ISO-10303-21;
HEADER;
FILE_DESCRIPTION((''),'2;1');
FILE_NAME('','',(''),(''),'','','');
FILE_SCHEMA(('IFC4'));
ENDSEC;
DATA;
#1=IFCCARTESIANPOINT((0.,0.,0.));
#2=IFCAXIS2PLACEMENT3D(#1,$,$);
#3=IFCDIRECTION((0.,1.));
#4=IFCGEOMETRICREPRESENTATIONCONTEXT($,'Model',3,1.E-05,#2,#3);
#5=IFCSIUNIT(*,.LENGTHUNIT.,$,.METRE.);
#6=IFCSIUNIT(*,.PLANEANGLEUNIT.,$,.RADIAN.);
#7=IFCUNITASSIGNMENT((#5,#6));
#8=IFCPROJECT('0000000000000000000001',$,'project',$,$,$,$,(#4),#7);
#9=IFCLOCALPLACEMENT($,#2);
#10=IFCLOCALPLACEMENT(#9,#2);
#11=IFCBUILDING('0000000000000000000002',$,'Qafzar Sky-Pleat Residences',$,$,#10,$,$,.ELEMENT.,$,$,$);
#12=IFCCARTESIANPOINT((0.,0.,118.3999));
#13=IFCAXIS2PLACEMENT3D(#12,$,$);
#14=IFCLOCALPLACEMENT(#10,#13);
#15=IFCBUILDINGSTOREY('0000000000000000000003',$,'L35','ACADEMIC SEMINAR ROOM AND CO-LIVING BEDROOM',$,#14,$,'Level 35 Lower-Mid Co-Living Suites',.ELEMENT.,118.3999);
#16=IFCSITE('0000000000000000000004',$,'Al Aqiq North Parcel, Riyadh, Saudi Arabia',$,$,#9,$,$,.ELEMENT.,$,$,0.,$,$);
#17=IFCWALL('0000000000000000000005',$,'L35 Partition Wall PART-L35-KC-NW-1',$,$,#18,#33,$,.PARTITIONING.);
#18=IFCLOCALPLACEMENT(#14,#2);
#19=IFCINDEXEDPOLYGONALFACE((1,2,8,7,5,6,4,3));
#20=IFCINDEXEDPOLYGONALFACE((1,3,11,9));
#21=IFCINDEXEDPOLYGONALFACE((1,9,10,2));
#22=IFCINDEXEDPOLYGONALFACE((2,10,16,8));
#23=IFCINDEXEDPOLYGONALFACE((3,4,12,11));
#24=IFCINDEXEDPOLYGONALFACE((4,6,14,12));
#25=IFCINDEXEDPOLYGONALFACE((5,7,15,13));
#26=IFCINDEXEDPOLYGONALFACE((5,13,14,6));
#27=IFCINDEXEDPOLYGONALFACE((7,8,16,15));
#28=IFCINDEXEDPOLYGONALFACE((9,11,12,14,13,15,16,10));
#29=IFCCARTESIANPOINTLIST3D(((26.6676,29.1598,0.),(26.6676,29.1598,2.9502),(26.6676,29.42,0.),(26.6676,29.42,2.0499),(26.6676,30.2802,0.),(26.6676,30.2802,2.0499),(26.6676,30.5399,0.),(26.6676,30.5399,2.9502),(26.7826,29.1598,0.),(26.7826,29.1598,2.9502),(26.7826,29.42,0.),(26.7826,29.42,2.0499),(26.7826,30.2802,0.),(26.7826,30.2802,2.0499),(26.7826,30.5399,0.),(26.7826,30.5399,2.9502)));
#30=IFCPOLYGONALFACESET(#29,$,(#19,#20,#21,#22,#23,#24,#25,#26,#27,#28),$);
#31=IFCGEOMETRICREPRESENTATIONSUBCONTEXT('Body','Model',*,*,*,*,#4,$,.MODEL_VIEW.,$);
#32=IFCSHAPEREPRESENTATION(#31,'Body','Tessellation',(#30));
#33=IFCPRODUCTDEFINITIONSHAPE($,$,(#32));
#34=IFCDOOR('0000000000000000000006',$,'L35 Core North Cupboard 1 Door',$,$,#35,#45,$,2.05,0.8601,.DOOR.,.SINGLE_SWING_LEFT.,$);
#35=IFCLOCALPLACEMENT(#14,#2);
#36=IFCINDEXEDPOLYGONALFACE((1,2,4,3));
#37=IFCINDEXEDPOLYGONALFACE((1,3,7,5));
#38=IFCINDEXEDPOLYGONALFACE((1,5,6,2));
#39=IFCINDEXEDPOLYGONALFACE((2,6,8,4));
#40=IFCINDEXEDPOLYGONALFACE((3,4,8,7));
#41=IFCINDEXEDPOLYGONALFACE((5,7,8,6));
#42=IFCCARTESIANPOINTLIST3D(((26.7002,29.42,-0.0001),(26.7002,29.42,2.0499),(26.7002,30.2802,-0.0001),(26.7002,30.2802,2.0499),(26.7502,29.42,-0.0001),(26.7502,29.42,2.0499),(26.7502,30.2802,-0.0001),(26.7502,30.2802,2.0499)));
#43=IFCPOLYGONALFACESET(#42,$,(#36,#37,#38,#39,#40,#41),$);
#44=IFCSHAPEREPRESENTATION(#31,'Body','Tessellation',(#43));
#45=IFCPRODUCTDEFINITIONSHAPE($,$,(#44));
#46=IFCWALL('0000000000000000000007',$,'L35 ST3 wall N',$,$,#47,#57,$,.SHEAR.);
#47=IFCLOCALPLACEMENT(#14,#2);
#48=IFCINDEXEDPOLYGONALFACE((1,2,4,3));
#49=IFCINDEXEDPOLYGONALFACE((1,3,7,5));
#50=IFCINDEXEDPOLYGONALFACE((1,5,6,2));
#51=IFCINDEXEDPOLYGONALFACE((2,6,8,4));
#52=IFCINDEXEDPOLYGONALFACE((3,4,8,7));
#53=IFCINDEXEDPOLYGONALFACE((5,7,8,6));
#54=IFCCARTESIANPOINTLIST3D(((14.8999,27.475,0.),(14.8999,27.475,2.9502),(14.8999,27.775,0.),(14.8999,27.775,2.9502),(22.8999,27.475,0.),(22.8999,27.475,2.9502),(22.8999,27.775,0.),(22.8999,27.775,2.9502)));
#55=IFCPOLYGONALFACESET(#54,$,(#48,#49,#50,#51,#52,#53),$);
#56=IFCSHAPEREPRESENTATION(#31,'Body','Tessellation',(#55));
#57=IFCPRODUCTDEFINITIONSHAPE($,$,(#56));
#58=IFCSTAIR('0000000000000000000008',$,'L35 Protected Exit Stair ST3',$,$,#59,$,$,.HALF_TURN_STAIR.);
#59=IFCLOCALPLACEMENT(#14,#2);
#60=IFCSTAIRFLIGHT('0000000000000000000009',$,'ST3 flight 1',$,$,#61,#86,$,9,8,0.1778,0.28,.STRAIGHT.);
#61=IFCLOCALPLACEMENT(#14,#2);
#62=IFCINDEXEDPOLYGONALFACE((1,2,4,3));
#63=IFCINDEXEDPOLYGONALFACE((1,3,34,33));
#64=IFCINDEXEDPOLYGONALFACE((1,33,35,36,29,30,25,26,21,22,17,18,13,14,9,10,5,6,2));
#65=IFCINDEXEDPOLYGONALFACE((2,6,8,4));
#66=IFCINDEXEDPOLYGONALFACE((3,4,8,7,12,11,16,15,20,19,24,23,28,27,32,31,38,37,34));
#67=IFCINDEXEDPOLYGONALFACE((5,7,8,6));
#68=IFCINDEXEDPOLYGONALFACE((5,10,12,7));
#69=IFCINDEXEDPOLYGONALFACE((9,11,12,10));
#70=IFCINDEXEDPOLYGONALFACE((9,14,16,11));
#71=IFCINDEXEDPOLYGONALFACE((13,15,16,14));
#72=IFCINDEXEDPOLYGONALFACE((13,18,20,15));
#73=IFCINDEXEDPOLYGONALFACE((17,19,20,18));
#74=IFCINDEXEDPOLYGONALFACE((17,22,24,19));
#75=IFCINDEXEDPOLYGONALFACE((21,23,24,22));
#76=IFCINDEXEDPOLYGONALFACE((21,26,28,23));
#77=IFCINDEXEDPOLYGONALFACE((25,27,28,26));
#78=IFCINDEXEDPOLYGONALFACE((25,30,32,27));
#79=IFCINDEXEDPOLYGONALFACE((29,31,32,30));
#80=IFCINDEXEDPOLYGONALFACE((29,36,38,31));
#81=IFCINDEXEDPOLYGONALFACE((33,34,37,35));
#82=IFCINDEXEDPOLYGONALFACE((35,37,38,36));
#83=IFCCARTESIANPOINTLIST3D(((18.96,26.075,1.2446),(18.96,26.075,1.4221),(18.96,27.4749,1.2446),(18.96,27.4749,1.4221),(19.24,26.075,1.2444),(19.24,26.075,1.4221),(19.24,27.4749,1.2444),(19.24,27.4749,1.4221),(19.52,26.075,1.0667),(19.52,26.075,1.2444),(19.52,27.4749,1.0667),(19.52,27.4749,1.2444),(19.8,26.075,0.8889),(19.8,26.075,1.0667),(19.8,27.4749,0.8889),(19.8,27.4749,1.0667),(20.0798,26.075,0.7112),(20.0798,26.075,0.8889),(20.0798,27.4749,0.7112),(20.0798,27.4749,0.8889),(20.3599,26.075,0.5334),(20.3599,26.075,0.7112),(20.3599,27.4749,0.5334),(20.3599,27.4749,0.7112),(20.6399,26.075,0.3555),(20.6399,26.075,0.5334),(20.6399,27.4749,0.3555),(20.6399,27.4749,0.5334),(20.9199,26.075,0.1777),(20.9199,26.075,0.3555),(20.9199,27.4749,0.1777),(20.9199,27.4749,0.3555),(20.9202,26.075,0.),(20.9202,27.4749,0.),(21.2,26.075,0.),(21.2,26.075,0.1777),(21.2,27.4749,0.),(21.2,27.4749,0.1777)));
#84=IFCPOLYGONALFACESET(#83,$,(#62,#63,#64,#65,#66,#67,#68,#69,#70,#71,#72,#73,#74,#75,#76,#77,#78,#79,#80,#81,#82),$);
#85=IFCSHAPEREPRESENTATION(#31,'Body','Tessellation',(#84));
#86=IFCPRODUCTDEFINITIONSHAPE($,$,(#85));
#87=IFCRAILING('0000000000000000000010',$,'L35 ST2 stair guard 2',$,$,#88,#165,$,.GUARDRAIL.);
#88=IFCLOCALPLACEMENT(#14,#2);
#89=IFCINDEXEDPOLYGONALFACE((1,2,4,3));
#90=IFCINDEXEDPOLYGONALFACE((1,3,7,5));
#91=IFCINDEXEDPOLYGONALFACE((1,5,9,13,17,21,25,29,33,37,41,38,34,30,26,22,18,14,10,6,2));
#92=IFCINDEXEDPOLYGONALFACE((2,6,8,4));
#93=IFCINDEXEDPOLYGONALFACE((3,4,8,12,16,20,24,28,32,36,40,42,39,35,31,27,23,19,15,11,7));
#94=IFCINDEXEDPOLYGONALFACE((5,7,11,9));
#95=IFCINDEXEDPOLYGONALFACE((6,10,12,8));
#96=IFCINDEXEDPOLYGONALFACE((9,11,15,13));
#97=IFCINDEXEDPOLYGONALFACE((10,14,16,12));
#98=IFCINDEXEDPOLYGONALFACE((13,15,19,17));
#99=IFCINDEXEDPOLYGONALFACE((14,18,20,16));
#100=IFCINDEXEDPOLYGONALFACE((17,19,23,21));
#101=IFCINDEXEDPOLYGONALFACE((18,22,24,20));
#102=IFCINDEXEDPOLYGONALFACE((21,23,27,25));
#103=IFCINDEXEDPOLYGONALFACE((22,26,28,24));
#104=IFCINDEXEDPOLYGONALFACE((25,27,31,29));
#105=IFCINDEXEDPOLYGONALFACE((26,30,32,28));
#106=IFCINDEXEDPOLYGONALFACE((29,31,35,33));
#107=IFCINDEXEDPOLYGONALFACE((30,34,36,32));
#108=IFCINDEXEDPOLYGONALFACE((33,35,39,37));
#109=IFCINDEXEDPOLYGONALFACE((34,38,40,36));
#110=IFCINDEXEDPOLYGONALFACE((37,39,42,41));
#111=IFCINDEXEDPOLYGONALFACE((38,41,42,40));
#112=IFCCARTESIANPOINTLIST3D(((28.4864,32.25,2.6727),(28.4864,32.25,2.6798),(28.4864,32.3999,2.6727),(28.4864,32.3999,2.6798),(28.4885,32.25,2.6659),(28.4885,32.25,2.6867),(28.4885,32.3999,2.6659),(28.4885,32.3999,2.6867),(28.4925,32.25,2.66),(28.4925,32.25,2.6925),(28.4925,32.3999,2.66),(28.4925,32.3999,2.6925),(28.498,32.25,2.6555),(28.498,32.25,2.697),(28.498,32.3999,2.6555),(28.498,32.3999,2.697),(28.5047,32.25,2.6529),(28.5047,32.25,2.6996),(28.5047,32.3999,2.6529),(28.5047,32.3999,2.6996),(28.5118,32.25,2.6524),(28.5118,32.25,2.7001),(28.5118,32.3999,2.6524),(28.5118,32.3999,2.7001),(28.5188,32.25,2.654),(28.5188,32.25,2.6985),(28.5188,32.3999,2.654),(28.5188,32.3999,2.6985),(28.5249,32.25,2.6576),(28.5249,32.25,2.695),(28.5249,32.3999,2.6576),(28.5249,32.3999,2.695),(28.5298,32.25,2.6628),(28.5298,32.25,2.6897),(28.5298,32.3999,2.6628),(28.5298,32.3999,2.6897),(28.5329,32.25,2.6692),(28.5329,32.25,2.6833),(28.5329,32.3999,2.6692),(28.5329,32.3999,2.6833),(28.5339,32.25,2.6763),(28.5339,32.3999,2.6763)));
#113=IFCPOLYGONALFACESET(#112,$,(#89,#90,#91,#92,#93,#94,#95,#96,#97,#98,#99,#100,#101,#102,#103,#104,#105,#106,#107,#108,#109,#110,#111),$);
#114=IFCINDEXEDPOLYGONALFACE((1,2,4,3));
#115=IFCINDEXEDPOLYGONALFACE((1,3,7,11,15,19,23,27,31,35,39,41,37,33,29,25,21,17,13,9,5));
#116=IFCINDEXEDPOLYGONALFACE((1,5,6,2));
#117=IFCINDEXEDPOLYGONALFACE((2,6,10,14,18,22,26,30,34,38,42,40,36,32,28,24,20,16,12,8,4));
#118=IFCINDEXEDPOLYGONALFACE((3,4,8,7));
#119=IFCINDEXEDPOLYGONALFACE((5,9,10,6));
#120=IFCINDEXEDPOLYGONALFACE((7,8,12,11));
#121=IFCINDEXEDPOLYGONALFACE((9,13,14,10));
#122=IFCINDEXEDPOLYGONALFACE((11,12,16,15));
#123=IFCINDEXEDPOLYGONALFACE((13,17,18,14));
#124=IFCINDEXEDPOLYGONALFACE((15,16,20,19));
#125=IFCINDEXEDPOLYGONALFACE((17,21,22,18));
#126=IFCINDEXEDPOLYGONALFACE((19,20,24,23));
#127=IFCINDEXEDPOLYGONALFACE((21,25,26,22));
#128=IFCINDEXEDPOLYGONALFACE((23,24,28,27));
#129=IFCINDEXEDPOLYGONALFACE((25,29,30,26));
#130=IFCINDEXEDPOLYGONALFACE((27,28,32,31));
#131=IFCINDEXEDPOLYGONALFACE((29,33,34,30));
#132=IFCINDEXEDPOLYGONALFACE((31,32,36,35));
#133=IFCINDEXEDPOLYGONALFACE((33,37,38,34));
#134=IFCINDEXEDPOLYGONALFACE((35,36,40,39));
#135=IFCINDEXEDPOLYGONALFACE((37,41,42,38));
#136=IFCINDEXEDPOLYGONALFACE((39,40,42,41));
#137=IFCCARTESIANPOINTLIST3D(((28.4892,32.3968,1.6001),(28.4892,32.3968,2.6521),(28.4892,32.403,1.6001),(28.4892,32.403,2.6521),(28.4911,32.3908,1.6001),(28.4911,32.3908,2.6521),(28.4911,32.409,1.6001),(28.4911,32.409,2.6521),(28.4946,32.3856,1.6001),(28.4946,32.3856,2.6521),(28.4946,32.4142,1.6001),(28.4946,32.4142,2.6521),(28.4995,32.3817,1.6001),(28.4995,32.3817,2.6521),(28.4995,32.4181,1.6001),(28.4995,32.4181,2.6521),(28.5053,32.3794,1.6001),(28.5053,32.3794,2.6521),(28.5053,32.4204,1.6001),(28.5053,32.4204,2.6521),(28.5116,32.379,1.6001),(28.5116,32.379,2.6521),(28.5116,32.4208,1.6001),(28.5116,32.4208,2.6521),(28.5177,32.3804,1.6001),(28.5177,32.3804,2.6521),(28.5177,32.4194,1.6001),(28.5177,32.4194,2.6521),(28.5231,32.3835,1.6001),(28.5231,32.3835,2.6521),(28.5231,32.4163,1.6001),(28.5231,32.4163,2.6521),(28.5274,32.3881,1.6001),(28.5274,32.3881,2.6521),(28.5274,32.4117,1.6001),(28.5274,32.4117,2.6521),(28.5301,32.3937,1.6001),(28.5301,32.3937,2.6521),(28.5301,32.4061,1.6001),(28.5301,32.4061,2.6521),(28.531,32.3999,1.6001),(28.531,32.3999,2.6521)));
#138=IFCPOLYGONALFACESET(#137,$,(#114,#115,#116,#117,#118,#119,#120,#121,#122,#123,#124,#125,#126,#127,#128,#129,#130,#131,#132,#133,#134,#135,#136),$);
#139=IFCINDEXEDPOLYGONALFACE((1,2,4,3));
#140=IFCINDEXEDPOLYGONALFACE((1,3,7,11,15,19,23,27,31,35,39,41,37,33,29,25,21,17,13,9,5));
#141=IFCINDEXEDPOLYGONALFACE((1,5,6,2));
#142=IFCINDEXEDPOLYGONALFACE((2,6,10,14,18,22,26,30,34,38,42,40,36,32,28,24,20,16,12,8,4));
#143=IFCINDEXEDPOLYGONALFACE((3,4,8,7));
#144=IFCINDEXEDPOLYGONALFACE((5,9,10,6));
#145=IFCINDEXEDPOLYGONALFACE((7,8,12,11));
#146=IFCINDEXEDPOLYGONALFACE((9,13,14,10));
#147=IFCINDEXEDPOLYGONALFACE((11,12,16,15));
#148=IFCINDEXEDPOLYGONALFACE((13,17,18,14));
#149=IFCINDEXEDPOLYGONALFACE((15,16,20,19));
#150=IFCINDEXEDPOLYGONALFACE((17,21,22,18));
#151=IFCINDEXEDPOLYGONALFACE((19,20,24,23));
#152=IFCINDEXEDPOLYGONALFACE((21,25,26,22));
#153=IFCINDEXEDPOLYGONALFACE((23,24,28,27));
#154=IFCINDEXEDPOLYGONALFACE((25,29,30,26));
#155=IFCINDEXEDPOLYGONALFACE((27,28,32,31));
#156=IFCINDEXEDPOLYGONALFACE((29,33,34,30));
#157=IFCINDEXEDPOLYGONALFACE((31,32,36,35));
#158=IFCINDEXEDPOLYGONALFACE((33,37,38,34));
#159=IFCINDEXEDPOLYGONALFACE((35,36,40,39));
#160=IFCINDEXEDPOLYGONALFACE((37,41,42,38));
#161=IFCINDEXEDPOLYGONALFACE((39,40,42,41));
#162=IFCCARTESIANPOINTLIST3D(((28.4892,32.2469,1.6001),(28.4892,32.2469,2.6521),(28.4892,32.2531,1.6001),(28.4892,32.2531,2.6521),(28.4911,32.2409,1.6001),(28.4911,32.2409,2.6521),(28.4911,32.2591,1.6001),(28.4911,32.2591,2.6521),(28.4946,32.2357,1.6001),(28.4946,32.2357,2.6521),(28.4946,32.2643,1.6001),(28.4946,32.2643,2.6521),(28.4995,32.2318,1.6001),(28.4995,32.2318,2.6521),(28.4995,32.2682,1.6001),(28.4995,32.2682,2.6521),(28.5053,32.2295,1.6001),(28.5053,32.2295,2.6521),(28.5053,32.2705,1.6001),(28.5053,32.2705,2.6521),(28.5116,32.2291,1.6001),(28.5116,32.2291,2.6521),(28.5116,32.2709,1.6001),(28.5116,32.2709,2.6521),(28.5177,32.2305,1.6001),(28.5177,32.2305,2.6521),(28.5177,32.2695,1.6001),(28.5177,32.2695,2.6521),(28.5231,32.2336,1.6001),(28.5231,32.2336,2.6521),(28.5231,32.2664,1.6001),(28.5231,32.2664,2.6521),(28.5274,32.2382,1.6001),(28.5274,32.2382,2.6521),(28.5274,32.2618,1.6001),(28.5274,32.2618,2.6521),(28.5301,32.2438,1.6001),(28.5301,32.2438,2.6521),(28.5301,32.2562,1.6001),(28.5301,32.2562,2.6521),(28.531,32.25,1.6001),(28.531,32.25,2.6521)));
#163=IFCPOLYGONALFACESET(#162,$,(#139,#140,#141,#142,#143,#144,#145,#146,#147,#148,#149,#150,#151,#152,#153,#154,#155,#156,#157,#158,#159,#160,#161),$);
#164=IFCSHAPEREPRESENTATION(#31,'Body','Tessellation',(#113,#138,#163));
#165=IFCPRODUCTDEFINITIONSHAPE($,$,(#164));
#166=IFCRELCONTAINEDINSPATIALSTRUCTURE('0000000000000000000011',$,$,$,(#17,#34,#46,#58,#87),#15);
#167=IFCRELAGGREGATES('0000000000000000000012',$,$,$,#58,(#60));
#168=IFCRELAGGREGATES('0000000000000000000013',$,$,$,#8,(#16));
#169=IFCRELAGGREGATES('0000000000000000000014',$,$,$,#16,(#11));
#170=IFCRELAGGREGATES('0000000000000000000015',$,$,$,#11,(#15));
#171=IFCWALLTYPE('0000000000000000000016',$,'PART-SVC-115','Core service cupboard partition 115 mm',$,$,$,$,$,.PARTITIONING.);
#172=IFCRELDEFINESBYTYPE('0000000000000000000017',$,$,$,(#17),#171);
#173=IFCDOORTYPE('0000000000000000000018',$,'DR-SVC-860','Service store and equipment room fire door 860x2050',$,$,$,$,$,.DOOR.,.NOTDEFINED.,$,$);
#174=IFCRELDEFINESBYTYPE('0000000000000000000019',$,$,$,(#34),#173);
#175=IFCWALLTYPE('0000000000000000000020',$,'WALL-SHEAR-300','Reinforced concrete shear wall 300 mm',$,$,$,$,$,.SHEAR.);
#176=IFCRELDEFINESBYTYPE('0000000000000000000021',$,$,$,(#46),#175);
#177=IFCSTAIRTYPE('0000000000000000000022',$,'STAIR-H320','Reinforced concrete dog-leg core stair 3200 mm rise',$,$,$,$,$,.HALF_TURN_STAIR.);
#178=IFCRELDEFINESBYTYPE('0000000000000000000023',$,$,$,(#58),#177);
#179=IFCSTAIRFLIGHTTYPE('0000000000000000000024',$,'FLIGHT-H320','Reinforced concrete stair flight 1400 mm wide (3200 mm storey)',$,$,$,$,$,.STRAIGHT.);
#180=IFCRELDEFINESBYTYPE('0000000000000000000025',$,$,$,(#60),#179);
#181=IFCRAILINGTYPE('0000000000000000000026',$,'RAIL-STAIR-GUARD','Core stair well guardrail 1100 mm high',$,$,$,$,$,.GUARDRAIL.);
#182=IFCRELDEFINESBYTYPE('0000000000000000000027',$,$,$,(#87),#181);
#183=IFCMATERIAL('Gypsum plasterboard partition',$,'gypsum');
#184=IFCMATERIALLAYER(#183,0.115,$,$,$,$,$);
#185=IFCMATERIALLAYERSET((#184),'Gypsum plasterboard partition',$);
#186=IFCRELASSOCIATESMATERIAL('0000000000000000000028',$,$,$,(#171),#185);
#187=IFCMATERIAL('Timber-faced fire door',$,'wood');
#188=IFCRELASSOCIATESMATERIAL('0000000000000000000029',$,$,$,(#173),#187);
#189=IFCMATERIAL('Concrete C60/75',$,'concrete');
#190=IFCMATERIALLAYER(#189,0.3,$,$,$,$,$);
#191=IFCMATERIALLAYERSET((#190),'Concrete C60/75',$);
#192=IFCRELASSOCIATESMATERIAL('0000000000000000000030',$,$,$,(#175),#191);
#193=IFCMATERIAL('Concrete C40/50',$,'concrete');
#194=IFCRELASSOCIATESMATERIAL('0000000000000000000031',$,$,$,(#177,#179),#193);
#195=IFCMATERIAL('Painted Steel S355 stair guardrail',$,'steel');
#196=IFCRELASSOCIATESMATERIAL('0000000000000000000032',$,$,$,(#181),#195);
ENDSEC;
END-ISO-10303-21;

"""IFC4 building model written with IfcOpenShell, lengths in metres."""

from ifc_helpers import new_model, si_unit, direction, frame, frame_2d, origin, origin_2d, place, context, subcontext, project, spatial, polyline, rectangle, circle, outline, extrude, source, transform, mapped, material, layer, layer_set, type_object, element, fill, aggregate, save


model = new_model("IFC4")

# Units and contexts
model_context = context("Model", 3, precision=1e-05, world=origin(), true_north=direction((0.0, 1.0)))
body_context = subcontext(model_context, "Body", "Model", "MODEL_VIEW")
ifc_project = project(units=[si_unit("LENGTHUNIT", "METRE"), si_unit("PLANEANGLEUNIT", "RADIAN")], contexts=[model_context])

# Site, building, storey
site_placement = place(None, origin())
site = spatial("IfcSite", under=ifc_project, at=site_placement, Name="Al Aqiq North Parcel, Riyadh, Saudi Arabia", CompositionType="ELEMENT", RefElevation=0.0)
building_placement = place(site_placement, origin())
building = spatial("IfcBuilding", under=site, at=building_placement, Name="Qafzar Sky-Pleat Residences", CompositionType="ELEMENT")
storey_placement = place(building_placement, frame((0.0, 0.0, 118.3999)))
storey = spatial("IfcBuildingStorey", under=building, at=storey_placement, Name="L35", Description="ACADEMIC SEMINAR ROOM AND CO-LIVING BEDROOM", LongName="Level 35 Lower-Mid Co-Living Suites", CompositionType="ELEMENT", Elevation=118.3999)

# Shared definitions
ifc_material_1 = material(Name="Timber-faced fire door", Category="wood")

# Wall, opening, door
ifc_material_2 = material(Name="Gypsum plasterboard partition", Category="gypsum")
ifc_layer_1 = layer(ifc_material_2, 0.115)
ifc_layer_set_1 = layer_set([ifc_layer_1], Name="Gypsum plasterboard partition")
wall_type_1 = type_object("IfcWallType", Name="PART-SVC-115", Description="Core service cupboard partition 115 mm", PredefinedType="PARTITIONING", material=ifc_layer_set_1)
wall_1_placement = place(storey_placement, frame((26.7251, 29.1599, 0.0), z_axis=(0.0, 0.0, 1.0), x_axis=(0.0, 1.0, 0.0)))
wall_1 = element("IfcWall", 1, at=wall_1_placement, inside=storey, type_object=wall_type_1, Name="L35 Partition Wall PART-L35-KC-NW-1", PredefinedType="PARTITIONING", context=body_context, shape_type="SweptSolid", body=[
    extrude(rectangle(XDim=1.3801, YDim=0.115, at=frame_2d((0.6899, 0.0))), origin(), (0.0, 0.0, 1.0), 2.9502),
])
opening_1_placement = place(wall_1_placement, frame((0.26, 0.0, 0.0)))
opening_1 = element("IfcOpeningElement", 2, at=opening_1_placement, cuts=wall_1, PredefinedType="OPENING", context=body_context, shape_type="SweptSolid", body=[
    extrude(rectangle(XDim=0.8601, YDim=2.05, at=frame_2d((0.4302, 1.0249))), frame((0.0, 0.0674, 0.0), z_axis=(0.0, -1.0, 0.0), x_axis=(1.0, 0.0, 0.0)), (0.0, 0.0, 1.0), 0.135),
])
door_type_1 = type_object("IfcDoorType", Name="DR-SVC-860", Description="Service store and equipment room fire door 860x2050", OperationType="NOTDEFINED", PredefinedType="DOOR", material=ifc_material_1)
shared_shape_1 = source(origin(), body_context, "Body", "SweptSolid", [
    extrude(rectangle(XDim=0.8601, YDim=2.05, at=frame_2d((0.4302, 1.0249))), frame((0.0, 0.0249, 0.0), z_axis=(0.0, -1.0, 0.0), x_axis=(1.0, 0.0, 0.0)), (0.0, 0.0, 1.0), 0.05),
])
door_1_placement = place(opening_1_placement, origin())
door_1 = element("IfcDoor", 3, at=door_1_placement, inside=storey, type_object=door_type_1, Name="L35 Core North Cupboard 1 Door", OperationType="SINGLE_SWING_LEFT", OverallHeight=2.05, OverallWidth=0.8601, PredefinedType="DOOR", context=body_context, shape_type="MappedRepresentation", body=[
    mapped(shared_shape_1, transform((0.0, 0.0, 0.0), x_axis=(1.0, 0.0, 0.0), y_axis=(0.0, 1.0, 0.0), z_axis=(0.0, 0.0, 1.0), scale=1.0)),
])
fill(opening_1, door_1)

# Shared definitions
ifc_material_3 = material(Name="Concrete C60/75", Category="concrete")
ifc_layer_2 = layer(ifc_material_3, 0.3)
ifc_layer_set_2 = layer_set([ifc_layer_2], Name="Concrete C60/75")
wall_type_2 = type_object("IfcWallType", Name="WALL-SHEAR-300", Description="Reinforced concrete shear wall 300 mm", PredefinedType="SHEAR", material=ifc_layer_set_2)

# Wall
wall_2_placement = place(storey_placement, frame((22.8999, 27.625, 0.0), z_axis=(0.0, 0.0, 1.0), x_axis=(-1.0, 0.0, 0.0)))
element("IfcWall", 4, at=wall_2_placement, inside=storey, type_object=wall_type_2, Name="L35 ST3 wall N", PredefinedType="SHEAR", context=body_context, shape_type="SweptSolid", body=[
    extrude(rectangle(XDim=8.0, YDim=0.3, at=frame_2d((4.0, 0.0))), origin(), (0.0, 0.0, 1.0), 2.9502),
])

# Stair, stair flight
ifc_material_4 = material(Name="Concrete C40/50", Category="concrete")
stair_type = type_object("IfcStairType", Name="STAIR-H320", Description="Reinforced concrete dog-leg core stair 3200 mm rise", PredefinedType="HALF_TURN_STAIR", material=ifc_material_4)
stair_placement = place(storey_placement, origin())
stair = element("IfcStair", 5, at=stair_placement, inside=storey, type_object=stair_type, Name="L35 Protected Exit Stair ST3", PredefinedType="HALF_TURN_STAIR")
stair_flight_type = type_object("IfcStairFlightType", Name="FLIGHT-H320", Description="Reinforced concrete stair flight 1400 mm wide (3200 mm storey)", PredefinedType="STRAIGHT", material=ifc_material_4)
shared_shape_2 = source(origin(), body_context, "Body", "SweptSolid", [
    extrude(outline(polyline([(0.0, 0.0), (0.0, 0.1777), (0.28, 0.1777), (0.28, 0.3555), (0.5601, 0.3555), (0.5601, 0.5334), (0.8401, 0.5334), (0.8401, 0.7112), (1.1201, 0.7112), (1.1201, 0.8889), (1.3999, 0.8889), (1.3999, 1.0667), (1.6799, 1.0667), (1.6799, 1.2444), (1.96, 1.2444), (1.96, 1.4221), (2.24, 1.4221), (2.24, 1.6001), (2.24, 1.2446), (0.2798, 0.0), (0.0, 0.0)])), frame((0.0, 0.7, 0.0), z_axis=(0.0, -1.0, 0.0), x_axis=(1.0, 0.0, 0.0)), (0.0, 0.0, 1.0), 1.3999),
])
stair_flight_placement = place(storey_placement, frame((21.2, 26.7749, 0.0), z_axis=(0.0, 0.0, 1.0), x_axis=(-1.0, 0.0, 0.0)))
stair_flight = element("IfcStairFlight", 6, at=stair_flight_placement, type_object=stair_flight_type, Name="ST3 flight 1", NumberOfRisers=9, NumberOfTreads=8, PredefinedType="STRAIGHT", RiserHeight=0.1778, TreadLength=0.28, context=body_context, shape_type="MappedRepresentation", body=[
    mapped(shared_shape_2, transform((0.0, 0.0, 0.0), x_axis=(1.0, 0.0, 0.0), y_axis=(0.0, 1.0, 0.0), z_axis=(0.0, 0.0, 1.0), scale=1.0)),
])
aggregate(stair, [stair_flight])

# Railing
ifc_material_5 = material(Name="Painted Steel S355 stair guardrail", Category="steel")
railing_type_1 = type_object("IfcRailingType", Name="RAIL-STAIR-GUARD", Description="Core stair well guardrail 1100 mm high", PredefinedType="GUARDRAIL", material=ifc_material_5)
shared_shape_3 = source(origin(), body_context, "Body", "SweptSolid", [
    extrude(circle(Radius=0.0239, at=origin_2d()), frame((0.0, 0.0, 1.0762), z_axis=(0.0, -1.0, 0.0), x_axis=(1.0, 0.0, 0.0)), (0.0, 0.0, 1.0), 0.1499),
    extrude(circle(Radius=0.021, at=origin_2d()), origin(), (0.0, 0.0, 1.0), 1.052),
    extrude(circle(Radius=0.021, at=origin_2d()), frame((0.0, -0.1499, 0.0)), (0.0, 0.0, 1.0), 1.052),
])
for number, where, name in (
    (7, (28.51, 32.3999, 1.6001), "L35 ST2 stair guard 2"),
):
    element("IfcRailing", number, at=place(storey_placement, frame(where)), inside=storey, type_object=railing_type_1, Name=name, PredefinedType="GUARDRAIL", context=body_context, shape_type="MappedRepresentation", body=[
        mapped(shared_shape_3, transform((0.0, 0.0, 0.0), x_axis=(1.0, 0.0, 0.0), y_axis=(0.0, 1.0, 0.0), z_axis=(0.0, 0.0, 1.0), scale=1.0)),
    ])

save(model, "model.ifc")
